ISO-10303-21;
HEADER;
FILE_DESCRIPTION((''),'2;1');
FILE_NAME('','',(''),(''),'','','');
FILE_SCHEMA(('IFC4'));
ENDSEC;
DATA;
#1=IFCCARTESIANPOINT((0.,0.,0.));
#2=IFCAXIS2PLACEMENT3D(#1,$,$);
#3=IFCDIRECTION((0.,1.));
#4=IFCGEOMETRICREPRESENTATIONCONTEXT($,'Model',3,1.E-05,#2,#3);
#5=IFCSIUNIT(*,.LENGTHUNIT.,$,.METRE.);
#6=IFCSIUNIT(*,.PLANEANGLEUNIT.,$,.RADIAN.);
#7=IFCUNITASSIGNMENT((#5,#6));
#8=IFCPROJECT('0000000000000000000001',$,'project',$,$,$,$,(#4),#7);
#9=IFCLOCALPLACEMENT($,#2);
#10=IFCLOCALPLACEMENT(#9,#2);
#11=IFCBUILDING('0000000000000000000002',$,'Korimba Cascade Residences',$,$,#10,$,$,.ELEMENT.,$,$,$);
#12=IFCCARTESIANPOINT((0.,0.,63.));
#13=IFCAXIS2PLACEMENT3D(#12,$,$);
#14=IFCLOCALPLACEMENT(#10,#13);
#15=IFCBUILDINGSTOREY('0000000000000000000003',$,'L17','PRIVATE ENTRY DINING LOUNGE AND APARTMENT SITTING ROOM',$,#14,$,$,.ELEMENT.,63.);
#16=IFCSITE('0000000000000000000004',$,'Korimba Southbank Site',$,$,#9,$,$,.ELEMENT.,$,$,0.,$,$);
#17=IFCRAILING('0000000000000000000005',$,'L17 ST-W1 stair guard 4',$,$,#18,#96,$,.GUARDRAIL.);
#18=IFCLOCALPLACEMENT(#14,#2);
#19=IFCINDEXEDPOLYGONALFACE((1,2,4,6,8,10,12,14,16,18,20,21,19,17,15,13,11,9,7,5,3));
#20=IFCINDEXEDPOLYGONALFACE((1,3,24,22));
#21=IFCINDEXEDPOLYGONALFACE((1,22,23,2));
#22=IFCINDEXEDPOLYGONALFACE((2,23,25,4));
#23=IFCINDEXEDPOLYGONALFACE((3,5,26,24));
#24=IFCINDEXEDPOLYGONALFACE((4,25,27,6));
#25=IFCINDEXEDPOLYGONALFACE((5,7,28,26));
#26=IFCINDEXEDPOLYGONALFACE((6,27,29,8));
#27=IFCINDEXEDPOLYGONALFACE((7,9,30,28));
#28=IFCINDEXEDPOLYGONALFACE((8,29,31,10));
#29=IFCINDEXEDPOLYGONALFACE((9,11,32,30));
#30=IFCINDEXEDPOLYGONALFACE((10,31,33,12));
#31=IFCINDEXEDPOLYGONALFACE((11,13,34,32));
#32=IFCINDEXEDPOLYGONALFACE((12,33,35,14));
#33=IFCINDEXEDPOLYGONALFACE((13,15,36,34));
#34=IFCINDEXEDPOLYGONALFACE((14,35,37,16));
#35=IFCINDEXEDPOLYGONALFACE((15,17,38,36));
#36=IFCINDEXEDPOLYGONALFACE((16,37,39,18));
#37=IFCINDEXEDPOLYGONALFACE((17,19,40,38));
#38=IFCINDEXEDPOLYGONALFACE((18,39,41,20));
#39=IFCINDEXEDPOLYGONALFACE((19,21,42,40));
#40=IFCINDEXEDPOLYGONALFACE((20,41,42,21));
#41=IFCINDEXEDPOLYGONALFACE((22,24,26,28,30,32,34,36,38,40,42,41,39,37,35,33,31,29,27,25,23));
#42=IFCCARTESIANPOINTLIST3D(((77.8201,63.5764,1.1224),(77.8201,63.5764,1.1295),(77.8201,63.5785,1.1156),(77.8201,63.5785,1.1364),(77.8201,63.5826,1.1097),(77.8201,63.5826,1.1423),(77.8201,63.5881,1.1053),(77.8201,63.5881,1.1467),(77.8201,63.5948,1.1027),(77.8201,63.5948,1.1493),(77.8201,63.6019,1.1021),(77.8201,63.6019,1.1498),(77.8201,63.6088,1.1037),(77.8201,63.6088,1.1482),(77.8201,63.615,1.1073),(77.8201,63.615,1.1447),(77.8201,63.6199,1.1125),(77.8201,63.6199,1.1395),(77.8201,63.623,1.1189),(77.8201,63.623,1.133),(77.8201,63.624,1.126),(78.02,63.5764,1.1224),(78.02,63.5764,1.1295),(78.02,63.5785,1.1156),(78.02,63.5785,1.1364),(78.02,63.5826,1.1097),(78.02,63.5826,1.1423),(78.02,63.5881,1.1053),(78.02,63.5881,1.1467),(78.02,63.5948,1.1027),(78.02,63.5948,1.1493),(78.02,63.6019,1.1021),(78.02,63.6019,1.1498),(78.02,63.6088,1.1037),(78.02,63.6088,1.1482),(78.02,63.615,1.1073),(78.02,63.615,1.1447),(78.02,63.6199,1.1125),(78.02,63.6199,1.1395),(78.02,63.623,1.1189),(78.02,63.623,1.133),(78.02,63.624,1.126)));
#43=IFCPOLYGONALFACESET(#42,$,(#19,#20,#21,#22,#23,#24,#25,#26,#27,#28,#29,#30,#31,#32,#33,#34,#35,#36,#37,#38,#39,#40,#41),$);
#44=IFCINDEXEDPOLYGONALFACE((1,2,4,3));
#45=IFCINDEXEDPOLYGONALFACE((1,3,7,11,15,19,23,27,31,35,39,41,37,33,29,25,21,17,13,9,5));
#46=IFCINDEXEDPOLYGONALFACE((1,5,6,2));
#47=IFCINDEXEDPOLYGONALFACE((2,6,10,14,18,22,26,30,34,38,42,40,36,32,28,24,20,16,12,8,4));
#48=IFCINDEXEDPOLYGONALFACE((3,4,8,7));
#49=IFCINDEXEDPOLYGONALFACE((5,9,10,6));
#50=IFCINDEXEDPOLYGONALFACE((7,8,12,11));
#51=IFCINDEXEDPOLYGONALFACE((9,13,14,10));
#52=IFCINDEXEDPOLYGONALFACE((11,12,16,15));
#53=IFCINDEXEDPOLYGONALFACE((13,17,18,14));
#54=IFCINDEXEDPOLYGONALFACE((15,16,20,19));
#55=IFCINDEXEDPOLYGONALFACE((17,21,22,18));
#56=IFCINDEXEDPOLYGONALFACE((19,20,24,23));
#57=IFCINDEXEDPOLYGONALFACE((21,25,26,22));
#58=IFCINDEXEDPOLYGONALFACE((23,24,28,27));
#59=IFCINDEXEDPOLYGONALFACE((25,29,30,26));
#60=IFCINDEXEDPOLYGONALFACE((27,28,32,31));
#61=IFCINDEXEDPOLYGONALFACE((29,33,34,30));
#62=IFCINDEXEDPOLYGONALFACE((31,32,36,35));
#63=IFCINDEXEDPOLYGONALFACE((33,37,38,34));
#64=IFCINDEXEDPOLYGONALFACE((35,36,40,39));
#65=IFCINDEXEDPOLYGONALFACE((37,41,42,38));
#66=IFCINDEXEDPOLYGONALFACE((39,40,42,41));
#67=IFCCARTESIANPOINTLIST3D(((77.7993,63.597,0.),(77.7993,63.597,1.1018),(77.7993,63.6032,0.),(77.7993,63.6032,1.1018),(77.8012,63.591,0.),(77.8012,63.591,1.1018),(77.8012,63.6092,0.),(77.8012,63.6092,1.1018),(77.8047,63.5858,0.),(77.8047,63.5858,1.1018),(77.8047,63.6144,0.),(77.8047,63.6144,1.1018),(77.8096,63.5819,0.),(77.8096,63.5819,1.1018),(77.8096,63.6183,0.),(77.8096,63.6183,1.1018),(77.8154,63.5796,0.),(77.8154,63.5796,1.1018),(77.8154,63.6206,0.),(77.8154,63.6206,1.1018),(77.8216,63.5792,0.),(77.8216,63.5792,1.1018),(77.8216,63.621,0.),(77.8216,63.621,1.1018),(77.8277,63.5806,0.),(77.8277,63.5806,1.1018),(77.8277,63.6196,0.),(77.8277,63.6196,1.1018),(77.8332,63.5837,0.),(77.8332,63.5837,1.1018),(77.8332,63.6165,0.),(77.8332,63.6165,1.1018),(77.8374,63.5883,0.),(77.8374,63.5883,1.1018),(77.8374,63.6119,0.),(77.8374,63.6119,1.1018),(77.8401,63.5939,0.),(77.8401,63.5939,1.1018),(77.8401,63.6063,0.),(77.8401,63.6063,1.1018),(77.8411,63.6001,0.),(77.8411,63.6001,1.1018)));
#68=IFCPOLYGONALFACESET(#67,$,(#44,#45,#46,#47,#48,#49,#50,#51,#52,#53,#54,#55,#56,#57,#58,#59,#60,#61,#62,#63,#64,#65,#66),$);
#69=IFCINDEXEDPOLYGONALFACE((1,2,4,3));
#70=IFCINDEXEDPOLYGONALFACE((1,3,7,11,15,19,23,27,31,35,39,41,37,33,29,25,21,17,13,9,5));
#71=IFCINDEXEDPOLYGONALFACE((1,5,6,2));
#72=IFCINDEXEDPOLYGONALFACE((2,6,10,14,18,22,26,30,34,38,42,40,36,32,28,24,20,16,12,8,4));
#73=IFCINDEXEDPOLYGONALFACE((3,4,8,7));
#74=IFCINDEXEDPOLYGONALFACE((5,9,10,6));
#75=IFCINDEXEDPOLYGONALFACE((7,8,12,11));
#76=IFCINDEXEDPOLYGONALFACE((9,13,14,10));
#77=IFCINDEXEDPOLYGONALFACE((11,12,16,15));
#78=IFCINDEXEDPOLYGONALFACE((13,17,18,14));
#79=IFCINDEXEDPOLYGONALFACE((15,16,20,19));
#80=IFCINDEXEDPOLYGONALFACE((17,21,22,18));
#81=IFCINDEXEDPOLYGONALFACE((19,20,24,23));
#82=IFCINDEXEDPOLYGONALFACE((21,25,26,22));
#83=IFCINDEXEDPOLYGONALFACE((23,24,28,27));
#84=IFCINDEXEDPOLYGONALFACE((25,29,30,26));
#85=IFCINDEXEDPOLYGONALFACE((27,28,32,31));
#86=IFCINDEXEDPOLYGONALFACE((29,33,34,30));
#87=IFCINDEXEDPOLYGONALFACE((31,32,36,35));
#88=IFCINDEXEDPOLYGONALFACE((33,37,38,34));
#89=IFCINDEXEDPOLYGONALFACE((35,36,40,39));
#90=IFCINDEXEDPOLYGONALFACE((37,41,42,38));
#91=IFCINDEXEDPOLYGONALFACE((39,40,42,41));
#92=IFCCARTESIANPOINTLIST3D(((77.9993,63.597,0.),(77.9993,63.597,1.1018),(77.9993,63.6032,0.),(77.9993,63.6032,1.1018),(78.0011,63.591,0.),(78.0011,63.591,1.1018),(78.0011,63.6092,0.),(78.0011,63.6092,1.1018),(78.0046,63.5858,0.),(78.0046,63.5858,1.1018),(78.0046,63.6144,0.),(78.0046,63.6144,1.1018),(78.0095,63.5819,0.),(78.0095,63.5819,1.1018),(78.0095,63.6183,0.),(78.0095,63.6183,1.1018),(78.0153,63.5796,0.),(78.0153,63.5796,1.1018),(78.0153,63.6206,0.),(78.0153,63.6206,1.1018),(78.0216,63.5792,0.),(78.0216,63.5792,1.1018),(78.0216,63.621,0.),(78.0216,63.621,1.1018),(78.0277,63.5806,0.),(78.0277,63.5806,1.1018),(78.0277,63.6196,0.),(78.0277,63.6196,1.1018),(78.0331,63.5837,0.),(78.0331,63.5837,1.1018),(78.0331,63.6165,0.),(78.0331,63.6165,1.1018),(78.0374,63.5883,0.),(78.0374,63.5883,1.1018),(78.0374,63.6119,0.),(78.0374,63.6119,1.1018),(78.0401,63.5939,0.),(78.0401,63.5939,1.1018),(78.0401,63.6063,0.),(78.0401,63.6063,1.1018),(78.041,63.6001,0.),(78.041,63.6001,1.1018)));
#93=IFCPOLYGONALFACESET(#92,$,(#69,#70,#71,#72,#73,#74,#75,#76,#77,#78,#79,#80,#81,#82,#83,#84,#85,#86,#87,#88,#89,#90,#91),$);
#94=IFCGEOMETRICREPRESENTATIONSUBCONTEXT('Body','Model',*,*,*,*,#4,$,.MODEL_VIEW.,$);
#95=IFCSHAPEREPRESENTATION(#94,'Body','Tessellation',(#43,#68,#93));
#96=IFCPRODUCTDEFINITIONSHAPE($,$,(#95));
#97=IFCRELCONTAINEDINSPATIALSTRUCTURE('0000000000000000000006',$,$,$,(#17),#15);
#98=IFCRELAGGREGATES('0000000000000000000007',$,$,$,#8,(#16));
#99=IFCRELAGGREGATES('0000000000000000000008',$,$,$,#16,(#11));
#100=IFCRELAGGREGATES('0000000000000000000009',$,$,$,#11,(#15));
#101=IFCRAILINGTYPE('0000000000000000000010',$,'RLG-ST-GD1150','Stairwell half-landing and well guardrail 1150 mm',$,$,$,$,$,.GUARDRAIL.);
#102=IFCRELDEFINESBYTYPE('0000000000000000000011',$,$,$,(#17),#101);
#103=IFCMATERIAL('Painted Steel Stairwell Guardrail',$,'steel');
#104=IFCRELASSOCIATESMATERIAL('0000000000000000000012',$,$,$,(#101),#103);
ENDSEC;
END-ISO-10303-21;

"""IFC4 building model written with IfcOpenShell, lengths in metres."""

from ifc_helpers import new_model, si_unit, direction, frame, origin, origin_2d, place, context, subcontext, project, spatial, circle, extrude, material, type_object, element, save


model = new_model("IFC4")

# Units and contexts
model_context = context("Model", 3, precision=1e-05, world=origin(), true_north=direction((0.0, 1.0)))
body_context = subcontext(model_context, "Body", "Model", "MODEL_VIEW")
ifc_project = project(units=[si_unit("LENGTHUNIT", "METRE"), si_unit("PLANEANGLEUNIT", "RADIAN")], contexts=[model_context])

# Site, building, storey
site_placement = place(None, origin())
site = spatial("IfcSite", under=ifc_project, at=site_placement, Name="Korimba Southbank Site", CompositionType="ELEMENT", RefElevation=0.0)
building_placement = place(site_placement, origin())
building = spatial("IfcBuilding", under=site, at=building_placement, Name="Korimba Cascade Residences", CompositionType="ELEMENT")
storey_placement = place(building_placement, frame((0.0, 0.0, 63.0)))
storey = spatial("IfcBuildingStorey", under=building, at=storey_placement, Name="L17", Description="PRIVATE ENTRY DINING LOUNGE AND APARTMENT SITTING ROOM", CompositionType="ELEMENT", Elevation=63.0)

# Railing
ifc_material_1 = material(Name="Painted Steel Stairwell Guardrail", Category="steel")
railing_type_1 = type_object("IfcRailingType", Name="RLG-ST-GD1150", Description="Stairwell half-landing and well guardrail 1150 mm", PredefinedType="GUARDRAIL", material=ifc_material_1)
railing_1_placement = place(storey_placement, frame((77.8201, 63.6001, 0.0)))
element("IfcRailing", 1, at=railing_1_placement, inside=storey, type_object=railing_type_1, Name="L17 ST-W1 stair guard 4", PredefinedType="GUARDRAIL", context=body_context, shape_type="SweptSolid", body=[
    extrude(circle(Radius=0.0239, at=origin_2d()), frame((0.0, 0.0, 1.126), z_axis=(1.0, 0.0, 0.0), x_axis=(0.0, 1.0, 0.0)), (0.0, 0.0, 1.0), 0.2),
    extrude(circle(Radius=0.021, at=origin_2d()), origin(), (0.0, 0.0, 1.0), 1.1018),
    extrude(circle(Radius=0.021, at=origin_2d()), frame((0.2, 0.0, 0.0)), (0.0, 0.0, 1.0), 1.1018),
])

save(model, "model.ifc")
